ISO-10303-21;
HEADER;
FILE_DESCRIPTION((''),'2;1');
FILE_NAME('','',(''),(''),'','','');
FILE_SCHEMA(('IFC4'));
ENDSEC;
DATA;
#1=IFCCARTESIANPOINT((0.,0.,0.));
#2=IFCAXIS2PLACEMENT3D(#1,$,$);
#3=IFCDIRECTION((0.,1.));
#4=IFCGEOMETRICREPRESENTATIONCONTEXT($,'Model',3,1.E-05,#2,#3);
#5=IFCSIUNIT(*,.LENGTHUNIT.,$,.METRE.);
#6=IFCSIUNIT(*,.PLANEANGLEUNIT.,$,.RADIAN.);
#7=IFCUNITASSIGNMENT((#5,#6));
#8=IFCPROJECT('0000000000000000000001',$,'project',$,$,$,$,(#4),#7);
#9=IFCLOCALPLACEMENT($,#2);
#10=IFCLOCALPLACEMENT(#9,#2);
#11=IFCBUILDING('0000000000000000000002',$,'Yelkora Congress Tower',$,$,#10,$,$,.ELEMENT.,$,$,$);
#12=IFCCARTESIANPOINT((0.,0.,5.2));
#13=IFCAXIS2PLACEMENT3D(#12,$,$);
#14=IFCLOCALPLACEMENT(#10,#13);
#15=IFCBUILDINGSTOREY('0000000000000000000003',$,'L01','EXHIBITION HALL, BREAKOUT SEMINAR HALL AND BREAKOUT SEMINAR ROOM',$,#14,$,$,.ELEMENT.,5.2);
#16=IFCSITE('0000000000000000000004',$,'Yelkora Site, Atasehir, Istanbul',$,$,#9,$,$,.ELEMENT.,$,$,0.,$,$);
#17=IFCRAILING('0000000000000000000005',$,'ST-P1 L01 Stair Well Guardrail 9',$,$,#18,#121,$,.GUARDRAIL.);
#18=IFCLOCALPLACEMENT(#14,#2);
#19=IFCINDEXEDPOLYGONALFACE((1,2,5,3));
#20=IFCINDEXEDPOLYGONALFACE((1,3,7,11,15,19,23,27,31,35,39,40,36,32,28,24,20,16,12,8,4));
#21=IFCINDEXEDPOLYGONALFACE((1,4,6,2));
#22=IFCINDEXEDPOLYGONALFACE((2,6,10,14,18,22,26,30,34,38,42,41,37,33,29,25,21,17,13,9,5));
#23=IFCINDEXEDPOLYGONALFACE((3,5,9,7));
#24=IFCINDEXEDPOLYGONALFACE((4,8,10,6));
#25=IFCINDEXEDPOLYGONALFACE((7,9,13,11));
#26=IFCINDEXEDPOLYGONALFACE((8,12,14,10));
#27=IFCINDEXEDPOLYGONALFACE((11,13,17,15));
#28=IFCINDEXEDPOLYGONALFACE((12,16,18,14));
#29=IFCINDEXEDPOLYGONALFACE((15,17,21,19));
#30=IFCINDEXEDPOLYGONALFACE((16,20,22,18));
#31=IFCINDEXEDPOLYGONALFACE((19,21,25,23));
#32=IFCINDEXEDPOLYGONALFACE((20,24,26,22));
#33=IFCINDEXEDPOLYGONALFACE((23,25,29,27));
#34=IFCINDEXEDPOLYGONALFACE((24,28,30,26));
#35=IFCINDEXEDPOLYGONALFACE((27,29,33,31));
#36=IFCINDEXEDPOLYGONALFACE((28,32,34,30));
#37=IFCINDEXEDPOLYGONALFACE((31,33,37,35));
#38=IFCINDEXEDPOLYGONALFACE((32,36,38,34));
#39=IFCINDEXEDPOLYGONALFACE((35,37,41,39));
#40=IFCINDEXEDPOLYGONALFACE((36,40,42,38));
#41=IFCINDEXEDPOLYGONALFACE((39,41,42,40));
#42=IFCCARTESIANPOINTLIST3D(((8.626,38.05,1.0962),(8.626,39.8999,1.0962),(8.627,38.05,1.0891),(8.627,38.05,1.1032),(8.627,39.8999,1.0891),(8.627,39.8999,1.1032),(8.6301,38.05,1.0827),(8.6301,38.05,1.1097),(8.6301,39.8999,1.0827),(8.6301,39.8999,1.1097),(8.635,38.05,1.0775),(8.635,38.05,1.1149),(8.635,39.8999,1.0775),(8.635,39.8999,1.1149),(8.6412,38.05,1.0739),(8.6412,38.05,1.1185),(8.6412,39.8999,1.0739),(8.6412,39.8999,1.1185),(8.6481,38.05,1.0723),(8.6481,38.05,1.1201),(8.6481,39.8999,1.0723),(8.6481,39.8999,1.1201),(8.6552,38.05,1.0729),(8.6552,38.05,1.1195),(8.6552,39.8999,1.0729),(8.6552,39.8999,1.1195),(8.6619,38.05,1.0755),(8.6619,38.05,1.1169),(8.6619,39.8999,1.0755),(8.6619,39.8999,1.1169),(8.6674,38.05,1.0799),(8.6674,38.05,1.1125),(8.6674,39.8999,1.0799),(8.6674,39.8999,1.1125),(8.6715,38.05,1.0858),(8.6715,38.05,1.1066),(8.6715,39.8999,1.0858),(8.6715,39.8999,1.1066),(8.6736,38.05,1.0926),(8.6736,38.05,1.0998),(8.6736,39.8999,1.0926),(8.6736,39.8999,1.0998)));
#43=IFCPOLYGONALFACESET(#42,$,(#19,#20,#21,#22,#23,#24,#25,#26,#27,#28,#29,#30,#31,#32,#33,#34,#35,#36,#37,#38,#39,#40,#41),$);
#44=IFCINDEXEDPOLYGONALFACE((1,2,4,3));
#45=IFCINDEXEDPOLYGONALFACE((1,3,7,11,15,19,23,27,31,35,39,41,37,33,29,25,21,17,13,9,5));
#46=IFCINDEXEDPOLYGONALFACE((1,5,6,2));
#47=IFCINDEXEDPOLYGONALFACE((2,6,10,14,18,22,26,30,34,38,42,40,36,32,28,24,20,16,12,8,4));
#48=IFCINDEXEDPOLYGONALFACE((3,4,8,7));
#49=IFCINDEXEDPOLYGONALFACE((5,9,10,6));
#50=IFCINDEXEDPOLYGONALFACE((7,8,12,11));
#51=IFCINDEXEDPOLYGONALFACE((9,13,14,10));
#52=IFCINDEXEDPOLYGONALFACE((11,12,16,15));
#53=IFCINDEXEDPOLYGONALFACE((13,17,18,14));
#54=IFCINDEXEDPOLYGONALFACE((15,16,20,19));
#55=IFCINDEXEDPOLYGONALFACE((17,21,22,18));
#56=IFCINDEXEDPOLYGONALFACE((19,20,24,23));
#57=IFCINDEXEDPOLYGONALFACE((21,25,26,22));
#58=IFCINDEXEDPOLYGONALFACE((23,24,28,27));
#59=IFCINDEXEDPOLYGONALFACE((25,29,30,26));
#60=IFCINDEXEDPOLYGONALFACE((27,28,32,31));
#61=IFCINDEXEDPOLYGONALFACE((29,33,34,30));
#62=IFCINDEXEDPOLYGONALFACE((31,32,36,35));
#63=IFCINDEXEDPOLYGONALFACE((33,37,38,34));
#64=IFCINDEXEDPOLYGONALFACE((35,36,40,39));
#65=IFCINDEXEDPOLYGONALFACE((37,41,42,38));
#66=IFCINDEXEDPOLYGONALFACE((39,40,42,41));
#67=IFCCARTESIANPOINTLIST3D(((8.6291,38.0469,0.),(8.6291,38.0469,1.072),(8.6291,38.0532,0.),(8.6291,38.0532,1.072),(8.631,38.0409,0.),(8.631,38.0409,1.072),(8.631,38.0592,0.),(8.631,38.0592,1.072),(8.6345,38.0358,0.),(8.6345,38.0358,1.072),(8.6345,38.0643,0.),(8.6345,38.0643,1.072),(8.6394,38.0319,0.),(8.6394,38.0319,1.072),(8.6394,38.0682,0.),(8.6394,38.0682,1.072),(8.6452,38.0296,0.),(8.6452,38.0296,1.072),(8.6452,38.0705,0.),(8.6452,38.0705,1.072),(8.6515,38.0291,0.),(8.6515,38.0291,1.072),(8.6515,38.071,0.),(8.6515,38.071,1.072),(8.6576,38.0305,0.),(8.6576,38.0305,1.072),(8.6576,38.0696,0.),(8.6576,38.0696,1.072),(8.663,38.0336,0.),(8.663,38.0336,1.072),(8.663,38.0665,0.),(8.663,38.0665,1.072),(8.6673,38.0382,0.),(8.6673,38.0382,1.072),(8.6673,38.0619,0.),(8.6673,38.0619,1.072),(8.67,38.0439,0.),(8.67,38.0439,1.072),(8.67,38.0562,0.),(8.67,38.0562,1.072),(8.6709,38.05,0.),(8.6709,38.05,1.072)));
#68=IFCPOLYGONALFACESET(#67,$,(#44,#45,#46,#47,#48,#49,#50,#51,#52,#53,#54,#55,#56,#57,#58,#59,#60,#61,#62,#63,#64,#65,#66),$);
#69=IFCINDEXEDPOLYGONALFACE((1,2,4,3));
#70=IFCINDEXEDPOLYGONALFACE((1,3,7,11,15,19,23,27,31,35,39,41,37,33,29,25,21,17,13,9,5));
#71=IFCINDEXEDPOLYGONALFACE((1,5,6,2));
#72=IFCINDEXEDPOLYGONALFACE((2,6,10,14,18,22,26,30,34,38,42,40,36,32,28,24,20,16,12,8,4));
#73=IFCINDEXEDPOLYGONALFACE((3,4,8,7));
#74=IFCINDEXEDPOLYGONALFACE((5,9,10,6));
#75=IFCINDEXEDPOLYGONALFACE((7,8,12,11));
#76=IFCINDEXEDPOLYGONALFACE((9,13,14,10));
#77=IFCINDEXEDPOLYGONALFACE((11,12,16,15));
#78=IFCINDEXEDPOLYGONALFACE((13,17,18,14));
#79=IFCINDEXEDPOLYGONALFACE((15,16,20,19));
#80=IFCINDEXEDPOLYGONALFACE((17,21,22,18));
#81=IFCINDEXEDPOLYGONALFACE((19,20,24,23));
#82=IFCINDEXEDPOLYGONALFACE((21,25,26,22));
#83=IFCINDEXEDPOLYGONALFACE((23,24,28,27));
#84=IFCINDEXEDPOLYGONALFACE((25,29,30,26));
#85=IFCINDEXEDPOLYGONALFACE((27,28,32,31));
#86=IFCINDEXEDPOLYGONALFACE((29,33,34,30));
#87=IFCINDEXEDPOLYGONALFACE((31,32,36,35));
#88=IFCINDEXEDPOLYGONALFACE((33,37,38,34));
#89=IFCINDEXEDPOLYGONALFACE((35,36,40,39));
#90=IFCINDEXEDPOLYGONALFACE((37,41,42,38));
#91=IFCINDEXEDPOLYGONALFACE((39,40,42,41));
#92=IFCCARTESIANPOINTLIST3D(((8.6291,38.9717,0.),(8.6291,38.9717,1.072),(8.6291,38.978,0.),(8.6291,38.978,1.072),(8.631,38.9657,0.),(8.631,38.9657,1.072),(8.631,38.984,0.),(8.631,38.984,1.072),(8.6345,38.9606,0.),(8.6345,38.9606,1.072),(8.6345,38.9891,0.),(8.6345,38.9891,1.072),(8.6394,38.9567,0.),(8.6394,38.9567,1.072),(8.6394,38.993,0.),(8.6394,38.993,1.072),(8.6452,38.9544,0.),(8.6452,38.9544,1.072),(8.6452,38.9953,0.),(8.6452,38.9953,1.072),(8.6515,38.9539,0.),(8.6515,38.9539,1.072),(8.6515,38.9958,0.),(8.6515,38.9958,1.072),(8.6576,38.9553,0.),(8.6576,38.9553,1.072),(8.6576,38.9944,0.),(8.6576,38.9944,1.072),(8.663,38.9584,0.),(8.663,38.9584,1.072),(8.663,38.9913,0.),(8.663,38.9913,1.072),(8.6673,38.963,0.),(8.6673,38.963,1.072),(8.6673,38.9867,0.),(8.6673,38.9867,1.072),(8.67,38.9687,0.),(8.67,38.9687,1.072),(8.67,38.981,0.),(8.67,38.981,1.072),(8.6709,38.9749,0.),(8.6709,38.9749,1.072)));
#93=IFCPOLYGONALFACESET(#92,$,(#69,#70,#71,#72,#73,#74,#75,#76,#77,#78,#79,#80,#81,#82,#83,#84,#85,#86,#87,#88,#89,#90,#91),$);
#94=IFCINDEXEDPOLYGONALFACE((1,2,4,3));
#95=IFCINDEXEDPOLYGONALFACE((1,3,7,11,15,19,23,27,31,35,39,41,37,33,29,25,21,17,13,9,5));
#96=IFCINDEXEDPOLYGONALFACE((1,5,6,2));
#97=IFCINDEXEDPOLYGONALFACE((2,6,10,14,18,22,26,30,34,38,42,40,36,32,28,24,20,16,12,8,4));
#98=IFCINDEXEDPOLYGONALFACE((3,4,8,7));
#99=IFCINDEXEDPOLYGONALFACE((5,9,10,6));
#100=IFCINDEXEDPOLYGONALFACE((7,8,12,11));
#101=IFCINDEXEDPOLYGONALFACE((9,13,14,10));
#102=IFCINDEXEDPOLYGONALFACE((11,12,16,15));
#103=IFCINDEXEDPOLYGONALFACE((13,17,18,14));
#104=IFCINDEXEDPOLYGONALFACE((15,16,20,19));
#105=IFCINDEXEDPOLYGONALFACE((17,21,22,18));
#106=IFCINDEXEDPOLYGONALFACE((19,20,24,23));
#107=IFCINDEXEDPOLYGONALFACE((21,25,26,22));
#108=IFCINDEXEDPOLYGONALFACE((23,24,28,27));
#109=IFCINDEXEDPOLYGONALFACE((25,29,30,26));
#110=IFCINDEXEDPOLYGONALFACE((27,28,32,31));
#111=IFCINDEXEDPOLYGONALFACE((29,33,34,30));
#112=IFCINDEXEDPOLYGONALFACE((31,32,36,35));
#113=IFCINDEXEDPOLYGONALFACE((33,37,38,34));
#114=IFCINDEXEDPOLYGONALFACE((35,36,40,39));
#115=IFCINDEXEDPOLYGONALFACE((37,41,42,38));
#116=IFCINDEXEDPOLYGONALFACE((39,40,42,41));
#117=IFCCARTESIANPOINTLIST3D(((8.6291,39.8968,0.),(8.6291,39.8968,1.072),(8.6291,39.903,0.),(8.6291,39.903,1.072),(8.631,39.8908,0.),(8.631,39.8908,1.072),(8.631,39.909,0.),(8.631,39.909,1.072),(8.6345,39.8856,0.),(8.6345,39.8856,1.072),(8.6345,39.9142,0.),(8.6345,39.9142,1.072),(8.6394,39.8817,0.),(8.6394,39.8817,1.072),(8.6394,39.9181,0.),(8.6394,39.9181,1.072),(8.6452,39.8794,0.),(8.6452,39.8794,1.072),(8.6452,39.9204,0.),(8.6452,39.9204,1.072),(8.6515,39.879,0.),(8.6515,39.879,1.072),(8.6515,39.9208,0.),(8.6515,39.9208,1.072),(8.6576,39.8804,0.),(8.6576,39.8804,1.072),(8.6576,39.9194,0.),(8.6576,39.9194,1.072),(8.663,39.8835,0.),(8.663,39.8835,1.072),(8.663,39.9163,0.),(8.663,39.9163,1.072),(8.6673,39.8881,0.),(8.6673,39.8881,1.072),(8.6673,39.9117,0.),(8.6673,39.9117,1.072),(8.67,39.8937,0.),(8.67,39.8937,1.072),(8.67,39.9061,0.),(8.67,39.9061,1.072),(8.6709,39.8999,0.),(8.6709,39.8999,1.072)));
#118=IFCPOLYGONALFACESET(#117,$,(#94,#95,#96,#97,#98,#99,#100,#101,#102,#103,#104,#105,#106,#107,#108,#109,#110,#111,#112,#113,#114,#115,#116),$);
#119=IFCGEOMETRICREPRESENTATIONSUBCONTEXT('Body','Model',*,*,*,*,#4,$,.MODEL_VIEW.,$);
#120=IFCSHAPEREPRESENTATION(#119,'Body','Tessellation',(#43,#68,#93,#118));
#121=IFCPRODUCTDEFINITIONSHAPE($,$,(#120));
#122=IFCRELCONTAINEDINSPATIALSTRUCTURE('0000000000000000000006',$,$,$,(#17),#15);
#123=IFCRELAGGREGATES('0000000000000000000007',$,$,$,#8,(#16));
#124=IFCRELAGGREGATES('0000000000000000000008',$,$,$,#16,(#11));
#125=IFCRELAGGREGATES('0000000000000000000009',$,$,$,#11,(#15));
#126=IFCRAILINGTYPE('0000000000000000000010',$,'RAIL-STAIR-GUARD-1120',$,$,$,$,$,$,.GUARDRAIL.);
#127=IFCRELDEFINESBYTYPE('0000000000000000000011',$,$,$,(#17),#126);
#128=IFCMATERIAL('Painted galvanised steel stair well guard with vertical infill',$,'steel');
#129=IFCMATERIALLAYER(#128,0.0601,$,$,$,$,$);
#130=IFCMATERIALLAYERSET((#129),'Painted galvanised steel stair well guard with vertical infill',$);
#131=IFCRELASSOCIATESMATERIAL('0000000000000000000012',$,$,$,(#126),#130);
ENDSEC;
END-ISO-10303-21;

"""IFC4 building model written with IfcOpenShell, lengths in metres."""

from ifc_helpers import new_model, si_unit, direction, frame, origin, origin_2d, place, context, subcontext, project, spatial, circle, extrude, material, layer, layer_set, type_object, element, save


model = new_model("IFC4")

# Units and contexts
model_context = context("Model", 3, precision=1e-05, world=origin(), true_north=direction((0.0, 1.0)))
body_context = subcontext(model_context, "Body", "Model", "MODEL_VIEW")
ifc_project = project(units=[si_unit("LENGTHUNIT", "METRE"), si_unit("PLANEANGLEUNIT", "RADIAN")], contexts=[model_context])

# Site, building, storey
site_placement = place(None, origin())
site = spatial("IfcSite", under=ifc_project, at=site_placement, Name="Yelkora Site, Atasehir, Istanbul", CompositionType="ELEMENT", RefElevation=0.0)
building_placement = place(site_placement, origin())
building = spatial("IfcBuilding", under=site, at=building_placement, Name="Yelkora Congress Tower", CompositionType="ELEMENT")
storey_placement = place(building_placement, frame((0.0, 0.0, 5.2)))
storey = spatial("IfcBuildingStorey", under=building, at=storey_placement, Name="L01", Description="EXHIBITION HALL, BREAKOUT SEMINAR HALL AND BREAKOUT SEMINAR ROOM", CompositionType="ELEMENT", Elevation=5.2)

# Railing
ifc_material_1 = material(Name="Painted galvanised steel stair well guard with vertical infill", Category="steel")
ifc_layer_1 = layer(ifc_material_1, 0.0601)
ifc_layer_set_1 = layer_set([ifc_layer_1], Name="Painted galvanised steel stair well guard with vertical infill")
railing_type = type_object("IfcRailingType", Name="RAIL-STAIR-GUARD-1120", PredefinedType="GUARDRAIL", material=ifc_layer_set_1)
for number, where, name in (
    (1, (8.6499, 38.05, 0.0), "ST-P1 L01 Stair Well Guardrail 9"),
):
    element("IfcRailing", number, at=place(storey_placement, frame(where)), inside=storey, type_object=railing_type, Name=name, PredefinedType="GUARDRAIL", context=body_context, shape_type="SweptSolid", body=[
        extrude(circle(Radius=0.0239, at=origin_2d()), frame((0.0, 0.0, 1.0962), z_axis=(0.0, 1.0, 0.0), x_axis=(-1.0, 0.0, 0.0)), (0.0, 0.0, 1.0), 1.8499),
        extrude(circle(Radius=0.021, at=origin_2d()), origin(), (0.0, 0.0, 1.0), 1.072),
        extrude(circle(Radius=0.021, at=origin_2d()), frame((0.0, 0.9248, 0.0)), (0.0, 0.0, 1.0), 1.072),
        extrude(circle(Radius=0.021, at=origin_2d()), frame((0.0, 1.8499, 0.0)), (0.0, 0.0, 1.0), 1.072),
    ])

save(model, "model.ifc")
